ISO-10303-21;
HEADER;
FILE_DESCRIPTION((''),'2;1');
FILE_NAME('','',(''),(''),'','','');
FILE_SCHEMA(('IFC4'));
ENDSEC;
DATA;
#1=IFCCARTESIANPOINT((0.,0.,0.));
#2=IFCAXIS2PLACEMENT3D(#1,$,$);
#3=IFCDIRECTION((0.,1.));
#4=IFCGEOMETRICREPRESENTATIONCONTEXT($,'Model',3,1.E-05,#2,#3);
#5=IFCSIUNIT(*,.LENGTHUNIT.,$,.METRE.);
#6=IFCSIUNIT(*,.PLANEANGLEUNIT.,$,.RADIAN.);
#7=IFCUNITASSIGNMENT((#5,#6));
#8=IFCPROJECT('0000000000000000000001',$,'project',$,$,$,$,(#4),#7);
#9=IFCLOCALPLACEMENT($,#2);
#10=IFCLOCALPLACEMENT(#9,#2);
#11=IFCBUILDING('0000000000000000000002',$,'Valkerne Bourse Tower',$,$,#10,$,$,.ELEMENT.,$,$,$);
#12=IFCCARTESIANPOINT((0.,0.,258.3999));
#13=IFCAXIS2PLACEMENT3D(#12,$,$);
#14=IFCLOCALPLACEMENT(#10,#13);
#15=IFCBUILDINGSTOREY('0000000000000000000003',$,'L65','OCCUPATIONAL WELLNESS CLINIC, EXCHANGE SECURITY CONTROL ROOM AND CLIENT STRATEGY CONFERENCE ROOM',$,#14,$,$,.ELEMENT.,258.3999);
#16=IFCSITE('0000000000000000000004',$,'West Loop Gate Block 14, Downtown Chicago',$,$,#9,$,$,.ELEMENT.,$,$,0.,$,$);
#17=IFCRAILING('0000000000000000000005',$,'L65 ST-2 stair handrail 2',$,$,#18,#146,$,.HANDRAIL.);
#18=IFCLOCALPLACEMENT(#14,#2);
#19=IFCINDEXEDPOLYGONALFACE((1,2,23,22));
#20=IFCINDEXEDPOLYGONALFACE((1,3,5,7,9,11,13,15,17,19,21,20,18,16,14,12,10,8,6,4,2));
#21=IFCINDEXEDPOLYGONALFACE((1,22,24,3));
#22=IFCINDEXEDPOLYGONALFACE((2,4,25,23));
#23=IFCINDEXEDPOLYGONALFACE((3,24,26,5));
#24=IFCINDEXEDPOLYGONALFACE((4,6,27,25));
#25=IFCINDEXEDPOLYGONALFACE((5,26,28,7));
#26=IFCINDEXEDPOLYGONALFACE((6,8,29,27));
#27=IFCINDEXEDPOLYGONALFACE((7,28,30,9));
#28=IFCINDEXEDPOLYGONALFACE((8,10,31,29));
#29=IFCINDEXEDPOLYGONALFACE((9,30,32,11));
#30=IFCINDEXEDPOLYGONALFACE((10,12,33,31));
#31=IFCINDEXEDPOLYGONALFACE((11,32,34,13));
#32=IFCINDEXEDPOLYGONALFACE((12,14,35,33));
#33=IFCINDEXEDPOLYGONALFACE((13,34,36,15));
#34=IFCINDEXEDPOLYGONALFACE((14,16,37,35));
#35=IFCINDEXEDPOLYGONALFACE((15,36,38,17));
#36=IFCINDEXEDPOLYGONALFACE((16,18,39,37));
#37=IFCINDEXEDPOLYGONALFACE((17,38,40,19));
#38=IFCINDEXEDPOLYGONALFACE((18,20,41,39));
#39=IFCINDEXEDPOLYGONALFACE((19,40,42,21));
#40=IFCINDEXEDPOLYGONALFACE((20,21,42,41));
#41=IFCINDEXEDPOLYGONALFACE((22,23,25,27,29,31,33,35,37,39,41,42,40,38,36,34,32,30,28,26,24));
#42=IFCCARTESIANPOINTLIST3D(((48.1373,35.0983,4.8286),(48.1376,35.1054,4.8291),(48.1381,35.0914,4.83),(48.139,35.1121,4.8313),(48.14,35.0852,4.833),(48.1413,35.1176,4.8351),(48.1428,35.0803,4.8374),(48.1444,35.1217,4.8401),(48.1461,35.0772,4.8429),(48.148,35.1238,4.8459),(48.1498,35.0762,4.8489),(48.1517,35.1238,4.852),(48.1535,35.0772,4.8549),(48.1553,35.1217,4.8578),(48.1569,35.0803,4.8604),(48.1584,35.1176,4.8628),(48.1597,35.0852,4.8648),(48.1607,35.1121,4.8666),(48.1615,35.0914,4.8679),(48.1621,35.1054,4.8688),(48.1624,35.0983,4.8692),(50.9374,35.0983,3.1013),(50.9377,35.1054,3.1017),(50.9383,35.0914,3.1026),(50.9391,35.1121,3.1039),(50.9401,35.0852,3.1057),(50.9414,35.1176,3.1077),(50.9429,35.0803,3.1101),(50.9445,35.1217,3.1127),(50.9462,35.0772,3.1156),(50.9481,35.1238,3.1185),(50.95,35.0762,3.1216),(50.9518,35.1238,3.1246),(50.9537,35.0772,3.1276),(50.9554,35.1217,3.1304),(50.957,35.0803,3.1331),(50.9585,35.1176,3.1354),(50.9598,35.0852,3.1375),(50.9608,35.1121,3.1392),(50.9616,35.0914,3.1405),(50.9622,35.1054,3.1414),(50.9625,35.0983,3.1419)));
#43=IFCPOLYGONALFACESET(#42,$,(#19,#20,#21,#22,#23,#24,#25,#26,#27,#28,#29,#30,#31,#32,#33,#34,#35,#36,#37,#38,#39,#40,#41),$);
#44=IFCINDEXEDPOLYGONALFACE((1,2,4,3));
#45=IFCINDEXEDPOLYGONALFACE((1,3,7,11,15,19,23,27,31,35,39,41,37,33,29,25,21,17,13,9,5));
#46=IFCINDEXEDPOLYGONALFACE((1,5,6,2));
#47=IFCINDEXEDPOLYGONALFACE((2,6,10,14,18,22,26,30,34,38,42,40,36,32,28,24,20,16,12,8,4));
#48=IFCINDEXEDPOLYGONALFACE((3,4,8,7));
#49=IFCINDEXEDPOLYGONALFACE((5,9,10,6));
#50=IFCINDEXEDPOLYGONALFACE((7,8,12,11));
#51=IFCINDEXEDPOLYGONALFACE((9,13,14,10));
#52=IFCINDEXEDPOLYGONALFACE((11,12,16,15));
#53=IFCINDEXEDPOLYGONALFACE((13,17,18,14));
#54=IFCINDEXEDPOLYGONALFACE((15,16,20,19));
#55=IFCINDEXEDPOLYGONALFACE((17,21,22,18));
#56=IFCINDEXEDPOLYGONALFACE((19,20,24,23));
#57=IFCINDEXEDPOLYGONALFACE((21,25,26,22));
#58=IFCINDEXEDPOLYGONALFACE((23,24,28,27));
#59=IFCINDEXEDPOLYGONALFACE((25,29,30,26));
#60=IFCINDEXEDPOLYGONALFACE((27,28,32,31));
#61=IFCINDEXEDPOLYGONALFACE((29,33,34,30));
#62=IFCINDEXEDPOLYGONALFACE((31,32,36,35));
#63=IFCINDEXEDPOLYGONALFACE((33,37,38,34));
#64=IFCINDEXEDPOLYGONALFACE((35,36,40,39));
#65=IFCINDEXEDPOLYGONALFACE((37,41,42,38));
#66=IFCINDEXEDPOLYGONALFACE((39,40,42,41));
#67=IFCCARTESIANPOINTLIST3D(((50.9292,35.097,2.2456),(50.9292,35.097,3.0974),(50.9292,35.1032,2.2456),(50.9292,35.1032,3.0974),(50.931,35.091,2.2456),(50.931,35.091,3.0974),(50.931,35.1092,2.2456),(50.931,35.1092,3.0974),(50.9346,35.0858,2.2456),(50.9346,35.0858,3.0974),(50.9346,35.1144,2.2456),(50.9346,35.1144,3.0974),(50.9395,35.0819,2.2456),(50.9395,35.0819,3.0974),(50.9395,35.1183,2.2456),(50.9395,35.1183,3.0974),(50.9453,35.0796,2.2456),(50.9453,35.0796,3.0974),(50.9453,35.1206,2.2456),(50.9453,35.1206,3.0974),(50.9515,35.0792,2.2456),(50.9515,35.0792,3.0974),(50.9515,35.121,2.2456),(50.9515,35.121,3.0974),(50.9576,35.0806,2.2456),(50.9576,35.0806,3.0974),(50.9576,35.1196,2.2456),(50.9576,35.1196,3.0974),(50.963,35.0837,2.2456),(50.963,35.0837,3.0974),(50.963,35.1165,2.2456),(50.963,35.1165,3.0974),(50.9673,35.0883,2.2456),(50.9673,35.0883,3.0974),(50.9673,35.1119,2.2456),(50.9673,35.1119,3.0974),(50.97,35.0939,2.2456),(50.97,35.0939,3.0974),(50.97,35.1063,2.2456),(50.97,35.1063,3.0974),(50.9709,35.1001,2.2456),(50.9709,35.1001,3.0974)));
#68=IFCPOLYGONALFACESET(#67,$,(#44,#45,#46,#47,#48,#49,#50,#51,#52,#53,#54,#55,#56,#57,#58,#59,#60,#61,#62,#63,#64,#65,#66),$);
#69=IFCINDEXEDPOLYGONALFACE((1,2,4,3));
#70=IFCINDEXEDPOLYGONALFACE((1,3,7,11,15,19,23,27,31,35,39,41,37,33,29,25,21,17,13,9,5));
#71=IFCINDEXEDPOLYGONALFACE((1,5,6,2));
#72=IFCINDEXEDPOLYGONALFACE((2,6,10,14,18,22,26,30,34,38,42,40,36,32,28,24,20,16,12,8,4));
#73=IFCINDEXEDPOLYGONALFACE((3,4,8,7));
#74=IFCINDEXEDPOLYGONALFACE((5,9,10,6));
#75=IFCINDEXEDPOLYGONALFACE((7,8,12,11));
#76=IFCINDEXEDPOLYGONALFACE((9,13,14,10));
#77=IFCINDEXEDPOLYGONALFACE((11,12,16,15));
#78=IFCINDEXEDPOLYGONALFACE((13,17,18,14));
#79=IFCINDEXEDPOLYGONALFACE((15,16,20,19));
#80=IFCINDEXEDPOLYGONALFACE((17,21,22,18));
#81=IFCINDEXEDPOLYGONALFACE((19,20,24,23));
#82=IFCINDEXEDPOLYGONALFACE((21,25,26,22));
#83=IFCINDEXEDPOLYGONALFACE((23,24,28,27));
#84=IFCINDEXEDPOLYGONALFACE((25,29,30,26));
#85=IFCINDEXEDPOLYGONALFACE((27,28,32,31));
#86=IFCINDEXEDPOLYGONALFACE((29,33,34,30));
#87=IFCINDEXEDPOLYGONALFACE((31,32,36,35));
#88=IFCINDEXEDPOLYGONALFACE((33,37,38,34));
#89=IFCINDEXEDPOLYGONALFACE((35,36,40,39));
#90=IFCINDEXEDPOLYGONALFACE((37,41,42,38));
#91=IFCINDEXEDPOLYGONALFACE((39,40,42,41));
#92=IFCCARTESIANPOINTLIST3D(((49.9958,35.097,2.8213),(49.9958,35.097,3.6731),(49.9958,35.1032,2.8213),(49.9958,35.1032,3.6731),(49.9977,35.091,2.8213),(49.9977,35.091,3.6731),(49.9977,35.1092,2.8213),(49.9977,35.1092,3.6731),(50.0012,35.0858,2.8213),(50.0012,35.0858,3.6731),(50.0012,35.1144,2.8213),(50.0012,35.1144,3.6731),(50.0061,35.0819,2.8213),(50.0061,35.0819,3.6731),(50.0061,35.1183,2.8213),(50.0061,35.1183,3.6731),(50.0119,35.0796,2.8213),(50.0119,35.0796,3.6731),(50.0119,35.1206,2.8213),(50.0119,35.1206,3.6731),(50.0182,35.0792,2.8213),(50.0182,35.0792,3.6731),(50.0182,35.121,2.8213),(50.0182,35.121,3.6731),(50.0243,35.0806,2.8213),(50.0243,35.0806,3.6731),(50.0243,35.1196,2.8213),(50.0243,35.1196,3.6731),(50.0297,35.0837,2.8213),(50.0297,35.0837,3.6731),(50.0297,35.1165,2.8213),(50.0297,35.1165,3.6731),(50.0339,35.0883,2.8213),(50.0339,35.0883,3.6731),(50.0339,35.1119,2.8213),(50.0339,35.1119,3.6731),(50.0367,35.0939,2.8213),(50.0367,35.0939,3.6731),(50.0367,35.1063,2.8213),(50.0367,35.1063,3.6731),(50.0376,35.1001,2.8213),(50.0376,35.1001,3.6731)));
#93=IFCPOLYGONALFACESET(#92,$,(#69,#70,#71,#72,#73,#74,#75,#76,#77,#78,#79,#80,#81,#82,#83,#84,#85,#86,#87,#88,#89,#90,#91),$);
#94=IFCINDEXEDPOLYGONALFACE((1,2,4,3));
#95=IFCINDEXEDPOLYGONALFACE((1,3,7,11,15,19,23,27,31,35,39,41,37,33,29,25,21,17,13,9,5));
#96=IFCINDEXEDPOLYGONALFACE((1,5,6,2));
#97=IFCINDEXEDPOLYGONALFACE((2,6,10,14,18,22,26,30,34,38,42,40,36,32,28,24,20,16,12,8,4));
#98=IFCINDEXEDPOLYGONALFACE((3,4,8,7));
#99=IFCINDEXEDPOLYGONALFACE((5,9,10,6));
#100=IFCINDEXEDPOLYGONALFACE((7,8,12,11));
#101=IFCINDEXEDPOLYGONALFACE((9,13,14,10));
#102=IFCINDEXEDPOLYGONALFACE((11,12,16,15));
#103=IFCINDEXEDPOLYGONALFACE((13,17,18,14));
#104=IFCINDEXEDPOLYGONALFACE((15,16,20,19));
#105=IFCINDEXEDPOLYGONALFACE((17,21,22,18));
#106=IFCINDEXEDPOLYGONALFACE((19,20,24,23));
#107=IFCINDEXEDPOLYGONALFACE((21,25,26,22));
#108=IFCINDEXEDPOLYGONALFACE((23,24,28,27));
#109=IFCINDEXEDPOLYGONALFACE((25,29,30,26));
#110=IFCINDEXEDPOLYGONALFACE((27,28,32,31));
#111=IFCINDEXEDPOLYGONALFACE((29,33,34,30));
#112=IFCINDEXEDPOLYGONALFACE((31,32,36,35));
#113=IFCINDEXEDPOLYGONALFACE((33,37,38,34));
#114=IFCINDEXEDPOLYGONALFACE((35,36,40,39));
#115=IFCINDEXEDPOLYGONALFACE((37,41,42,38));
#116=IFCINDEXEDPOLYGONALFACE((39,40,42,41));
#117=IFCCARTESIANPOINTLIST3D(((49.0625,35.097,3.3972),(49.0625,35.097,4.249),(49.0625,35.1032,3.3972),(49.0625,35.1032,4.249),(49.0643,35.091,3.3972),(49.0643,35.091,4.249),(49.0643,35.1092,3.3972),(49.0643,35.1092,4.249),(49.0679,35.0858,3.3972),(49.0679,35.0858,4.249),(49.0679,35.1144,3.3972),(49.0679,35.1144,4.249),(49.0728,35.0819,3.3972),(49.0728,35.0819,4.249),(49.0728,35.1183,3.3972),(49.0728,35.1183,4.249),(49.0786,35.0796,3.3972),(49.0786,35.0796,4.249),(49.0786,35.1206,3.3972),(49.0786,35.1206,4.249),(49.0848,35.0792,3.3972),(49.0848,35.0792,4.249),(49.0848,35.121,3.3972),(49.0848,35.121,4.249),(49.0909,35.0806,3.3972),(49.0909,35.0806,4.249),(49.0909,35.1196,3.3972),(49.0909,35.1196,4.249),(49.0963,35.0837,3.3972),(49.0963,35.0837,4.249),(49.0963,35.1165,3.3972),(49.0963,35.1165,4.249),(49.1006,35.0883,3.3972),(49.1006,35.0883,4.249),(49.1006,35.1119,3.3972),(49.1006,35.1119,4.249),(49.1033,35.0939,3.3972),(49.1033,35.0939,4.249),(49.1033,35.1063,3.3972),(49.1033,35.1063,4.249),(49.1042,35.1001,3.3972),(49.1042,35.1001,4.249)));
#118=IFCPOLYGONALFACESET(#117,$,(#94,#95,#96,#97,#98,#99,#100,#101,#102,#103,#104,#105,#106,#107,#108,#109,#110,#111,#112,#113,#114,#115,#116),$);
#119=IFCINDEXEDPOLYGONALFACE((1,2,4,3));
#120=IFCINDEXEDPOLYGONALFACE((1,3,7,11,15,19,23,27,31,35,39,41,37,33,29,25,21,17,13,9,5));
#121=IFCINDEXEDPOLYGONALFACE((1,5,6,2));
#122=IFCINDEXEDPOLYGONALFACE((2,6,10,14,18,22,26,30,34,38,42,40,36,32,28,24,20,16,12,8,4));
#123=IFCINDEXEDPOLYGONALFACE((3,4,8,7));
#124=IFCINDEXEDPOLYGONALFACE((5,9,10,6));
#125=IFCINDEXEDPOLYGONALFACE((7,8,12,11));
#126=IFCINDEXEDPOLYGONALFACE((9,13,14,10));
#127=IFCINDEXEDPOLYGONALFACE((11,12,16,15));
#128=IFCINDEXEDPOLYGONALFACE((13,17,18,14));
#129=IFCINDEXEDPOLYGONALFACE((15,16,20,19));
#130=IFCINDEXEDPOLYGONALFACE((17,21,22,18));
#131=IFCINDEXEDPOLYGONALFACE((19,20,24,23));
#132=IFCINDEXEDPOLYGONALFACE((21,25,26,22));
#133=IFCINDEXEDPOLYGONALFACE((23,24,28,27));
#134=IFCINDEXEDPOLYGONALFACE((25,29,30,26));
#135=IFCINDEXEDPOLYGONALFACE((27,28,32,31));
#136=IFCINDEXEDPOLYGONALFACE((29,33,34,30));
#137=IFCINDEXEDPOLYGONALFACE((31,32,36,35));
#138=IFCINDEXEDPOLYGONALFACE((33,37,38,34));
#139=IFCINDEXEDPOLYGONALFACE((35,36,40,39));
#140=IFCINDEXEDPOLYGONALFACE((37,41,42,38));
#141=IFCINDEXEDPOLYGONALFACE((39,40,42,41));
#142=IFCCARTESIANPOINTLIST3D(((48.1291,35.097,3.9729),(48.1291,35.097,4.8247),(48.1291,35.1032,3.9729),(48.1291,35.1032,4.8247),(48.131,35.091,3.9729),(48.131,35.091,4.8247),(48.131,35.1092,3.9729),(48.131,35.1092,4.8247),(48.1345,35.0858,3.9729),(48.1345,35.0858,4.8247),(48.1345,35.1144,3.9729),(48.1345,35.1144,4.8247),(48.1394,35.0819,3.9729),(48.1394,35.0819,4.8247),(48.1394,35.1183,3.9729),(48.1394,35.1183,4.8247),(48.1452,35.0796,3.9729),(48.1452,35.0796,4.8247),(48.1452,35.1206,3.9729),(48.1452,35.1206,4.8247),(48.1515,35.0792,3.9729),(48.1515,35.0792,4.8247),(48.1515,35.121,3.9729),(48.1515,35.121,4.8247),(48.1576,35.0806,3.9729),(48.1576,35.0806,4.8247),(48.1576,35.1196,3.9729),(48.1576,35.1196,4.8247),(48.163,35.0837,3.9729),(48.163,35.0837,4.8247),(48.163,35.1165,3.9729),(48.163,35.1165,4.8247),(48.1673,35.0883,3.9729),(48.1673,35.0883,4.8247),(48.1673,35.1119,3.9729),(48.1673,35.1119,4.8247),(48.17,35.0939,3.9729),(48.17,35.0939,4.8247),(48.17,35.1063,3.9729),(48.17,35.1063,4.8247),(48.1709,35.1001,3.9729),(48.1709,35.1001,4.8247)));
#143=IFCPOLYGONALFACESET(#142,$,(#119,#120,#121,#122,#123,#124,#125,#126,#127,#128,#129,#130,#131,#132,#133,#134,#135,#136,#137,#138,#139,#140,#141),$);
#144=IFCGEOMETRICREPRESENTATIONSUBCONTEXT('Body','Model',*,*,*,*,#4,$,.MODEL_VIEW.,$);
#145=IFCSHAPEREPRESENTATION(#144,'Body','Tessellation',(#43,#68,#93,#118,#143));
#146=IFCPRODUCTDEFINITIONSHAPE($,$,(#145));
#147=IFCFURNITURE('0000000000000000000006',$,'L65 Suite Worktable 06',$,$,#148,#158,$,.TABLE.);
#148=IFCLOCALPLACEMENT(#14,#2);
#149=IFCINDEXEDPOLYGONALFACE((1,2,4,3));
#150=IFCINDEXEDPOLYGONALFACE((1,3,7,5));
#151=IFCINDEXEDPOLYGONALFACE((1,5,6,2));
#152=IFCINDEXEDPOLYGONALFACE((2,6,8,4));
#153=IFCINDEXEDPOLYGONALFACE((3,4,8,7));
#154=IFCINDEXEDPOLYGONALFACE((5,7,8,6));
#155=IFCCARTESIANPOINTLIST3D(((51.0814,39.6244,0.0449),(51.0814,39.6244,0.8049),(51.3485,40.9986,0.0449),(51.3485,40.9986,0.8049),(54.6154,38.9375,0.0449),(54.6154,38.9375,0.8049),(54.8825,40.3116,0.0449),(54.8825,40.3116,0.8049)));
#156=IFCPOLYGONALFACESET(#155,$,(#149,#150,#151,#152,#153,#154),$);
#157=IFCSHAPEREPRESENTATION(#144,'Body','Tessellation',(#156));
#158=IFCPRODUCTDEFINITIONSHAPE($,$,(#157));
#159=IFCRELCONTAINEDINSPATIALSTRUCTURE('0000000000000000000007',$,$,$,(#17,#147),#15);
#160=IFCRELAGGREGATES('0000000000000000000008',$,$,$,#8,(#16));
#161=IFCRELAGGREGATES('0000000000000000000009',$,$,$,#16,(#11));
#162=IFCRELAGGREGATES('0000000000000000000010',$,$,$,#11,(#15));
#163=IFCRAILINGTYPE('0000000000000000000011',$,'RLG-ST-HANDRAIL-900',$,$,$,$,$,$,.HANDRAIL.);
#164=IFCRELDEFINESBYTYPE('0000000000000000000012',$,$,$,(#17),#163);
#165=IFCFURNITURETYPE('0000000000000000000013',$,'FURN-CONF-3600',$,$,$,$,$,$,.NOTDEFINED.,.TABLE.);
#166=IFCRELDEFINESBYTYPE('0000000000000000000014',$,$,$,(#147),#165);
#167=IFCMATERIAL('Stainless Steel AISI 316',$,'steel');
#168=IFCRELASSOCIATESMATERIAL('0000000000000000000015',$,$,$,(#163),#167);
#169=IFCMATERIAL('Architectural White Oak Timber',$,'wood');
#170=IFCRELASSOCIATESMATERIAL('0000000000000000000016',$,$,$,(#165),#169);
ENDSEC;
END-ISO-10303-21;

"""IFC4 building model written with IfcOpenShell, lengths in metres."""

from ifc_helpers import new_model, si_unit, direction, frame, origin, origin_2d, place, context, subcontext, project, spatial, rectangle, circle, extrude, material, type_object, element, save


model = new_model("IFC4")

# Units and contexts
model_context = context("Model", 3, precision=1e-05, world=origin(), true_north=direction((0.0, 1.0)))
body_context = subcontext(model_context, "Body", "Model", "MODEL_VIEW")
ifc_project = project(units=[si_unit("LENGTHUNIT", "METRE"), si_unit("PLANEANGLEUNIT", "RADIAN")], contexts=[model_context])

# Site, building, storey
site_placement = place(None, origin())
site = spatial("IfcSite", under=ifc_project, at=site_placement, Name="West Loop Gate Block 14, Downtown Chicago", CompositionType="ELEMENT", RefElevation=0.0)
building_placement = place(site_placement, origin())
building = spatial("IfcBuilding", under=site, at=building_placement, Name="Valkerne Bourse Tower", CompositionType="ELEMENT")
storey_placement = place(building_placement, frame((0.0, 0.0, 258.3999)))
storey = spatial("IfcBuildingStorey", under=building, at=storey_placement, Name="L65", Description="OCCUPATIONAL WELLNESS CLINIC, EXCHANGE SECURITY CONTROL ROOM AND CLIENT STRATEGY CONFERENCE ROOM", CompositionType="ELEMENT", Elevation=258.3999)

# Shared definitions
ifc_material_1 = material(Name="Architectural White Oak Timber", Category="wood")

# Railing
ifc_material_2 = material(Name="Stainless Steel AISI 316", Category="steel")
railing_type_1 = type_object("IfcRailingType", Name="RLG-ST-HANDRAIL-900", PredefinedType="HANDRAIL", material=ifc_material_2)
railing_1_placement = place(storey_placement, frame((50.95, 35.1001, 2.2456)))
element("IfcRailing", 1, at=railing_1_placement, inside=storey, type_object=railing_type_1, Name="L65 ST-2 stair handrail 2", PredefinedType="HANDRAIL", context=body_context, shape_type="SweptSolid", body=[
    extrude(circle(Radius=0.0239, at=origin_2d()), frame((0.0, 0.0, 0.876), z_axis=(-0.85109, 0.0, 0.52502), x_axis=(0.0, -1.0, 0.0)), (0.0, 0.0, 1.0), 3.29),
    extrude(circle(Radius=0.021, at=origin_2d()), origin(), (0.0, 0.0, 1.0), 0.8518),
    extrude(circle(Radius=0.021, at=origin_2d()), frame((-0.9333, 0.0, 0.5757)), (0.0, 0.0, 1.0), 0.8518),
    extrude(circle(Radius=0.021, at=origin_2d()), frame((-1.8667, 0.0, 1.1516)), (0.0, 0.0, 1.0), 0.8518),
    extrude(circle(Radius=0.021, at=origin_2d()), frame((-2.8, 0.0, 1.7273)), (0.0, 0.0, 1.0), 0.8518),
])

# Furniture
furniture_type = type_object("IfcFurnitureType", Name="FURN-CONF-3600", AssemblyPlace="NOTDEFINED", PredefinedType="TABLE", material=ifc_material_1)
furniture_placement = place(storey_placement, frame((52.9819, 39.968, 0.0449), z_axis=(0.0, 0.0, 1.0), x_axis=(-0.981627, 0.190809, 0.0)))
element("IfcFurniture", 2, at=furniture_placement, inside=storey, type_object=furniture_type, Name="L65 Suite Worktable 06", PredefinedType="TABLE", context=body_context, shape_type="SweptSolid", body=[
    extrude(rectangle(XDim=3.6001, YDim=1.3999, at=origin_2d()), origin(), (0.0, 0.0, 1.0), 0.76),
])

save(model, "model.ifc")
